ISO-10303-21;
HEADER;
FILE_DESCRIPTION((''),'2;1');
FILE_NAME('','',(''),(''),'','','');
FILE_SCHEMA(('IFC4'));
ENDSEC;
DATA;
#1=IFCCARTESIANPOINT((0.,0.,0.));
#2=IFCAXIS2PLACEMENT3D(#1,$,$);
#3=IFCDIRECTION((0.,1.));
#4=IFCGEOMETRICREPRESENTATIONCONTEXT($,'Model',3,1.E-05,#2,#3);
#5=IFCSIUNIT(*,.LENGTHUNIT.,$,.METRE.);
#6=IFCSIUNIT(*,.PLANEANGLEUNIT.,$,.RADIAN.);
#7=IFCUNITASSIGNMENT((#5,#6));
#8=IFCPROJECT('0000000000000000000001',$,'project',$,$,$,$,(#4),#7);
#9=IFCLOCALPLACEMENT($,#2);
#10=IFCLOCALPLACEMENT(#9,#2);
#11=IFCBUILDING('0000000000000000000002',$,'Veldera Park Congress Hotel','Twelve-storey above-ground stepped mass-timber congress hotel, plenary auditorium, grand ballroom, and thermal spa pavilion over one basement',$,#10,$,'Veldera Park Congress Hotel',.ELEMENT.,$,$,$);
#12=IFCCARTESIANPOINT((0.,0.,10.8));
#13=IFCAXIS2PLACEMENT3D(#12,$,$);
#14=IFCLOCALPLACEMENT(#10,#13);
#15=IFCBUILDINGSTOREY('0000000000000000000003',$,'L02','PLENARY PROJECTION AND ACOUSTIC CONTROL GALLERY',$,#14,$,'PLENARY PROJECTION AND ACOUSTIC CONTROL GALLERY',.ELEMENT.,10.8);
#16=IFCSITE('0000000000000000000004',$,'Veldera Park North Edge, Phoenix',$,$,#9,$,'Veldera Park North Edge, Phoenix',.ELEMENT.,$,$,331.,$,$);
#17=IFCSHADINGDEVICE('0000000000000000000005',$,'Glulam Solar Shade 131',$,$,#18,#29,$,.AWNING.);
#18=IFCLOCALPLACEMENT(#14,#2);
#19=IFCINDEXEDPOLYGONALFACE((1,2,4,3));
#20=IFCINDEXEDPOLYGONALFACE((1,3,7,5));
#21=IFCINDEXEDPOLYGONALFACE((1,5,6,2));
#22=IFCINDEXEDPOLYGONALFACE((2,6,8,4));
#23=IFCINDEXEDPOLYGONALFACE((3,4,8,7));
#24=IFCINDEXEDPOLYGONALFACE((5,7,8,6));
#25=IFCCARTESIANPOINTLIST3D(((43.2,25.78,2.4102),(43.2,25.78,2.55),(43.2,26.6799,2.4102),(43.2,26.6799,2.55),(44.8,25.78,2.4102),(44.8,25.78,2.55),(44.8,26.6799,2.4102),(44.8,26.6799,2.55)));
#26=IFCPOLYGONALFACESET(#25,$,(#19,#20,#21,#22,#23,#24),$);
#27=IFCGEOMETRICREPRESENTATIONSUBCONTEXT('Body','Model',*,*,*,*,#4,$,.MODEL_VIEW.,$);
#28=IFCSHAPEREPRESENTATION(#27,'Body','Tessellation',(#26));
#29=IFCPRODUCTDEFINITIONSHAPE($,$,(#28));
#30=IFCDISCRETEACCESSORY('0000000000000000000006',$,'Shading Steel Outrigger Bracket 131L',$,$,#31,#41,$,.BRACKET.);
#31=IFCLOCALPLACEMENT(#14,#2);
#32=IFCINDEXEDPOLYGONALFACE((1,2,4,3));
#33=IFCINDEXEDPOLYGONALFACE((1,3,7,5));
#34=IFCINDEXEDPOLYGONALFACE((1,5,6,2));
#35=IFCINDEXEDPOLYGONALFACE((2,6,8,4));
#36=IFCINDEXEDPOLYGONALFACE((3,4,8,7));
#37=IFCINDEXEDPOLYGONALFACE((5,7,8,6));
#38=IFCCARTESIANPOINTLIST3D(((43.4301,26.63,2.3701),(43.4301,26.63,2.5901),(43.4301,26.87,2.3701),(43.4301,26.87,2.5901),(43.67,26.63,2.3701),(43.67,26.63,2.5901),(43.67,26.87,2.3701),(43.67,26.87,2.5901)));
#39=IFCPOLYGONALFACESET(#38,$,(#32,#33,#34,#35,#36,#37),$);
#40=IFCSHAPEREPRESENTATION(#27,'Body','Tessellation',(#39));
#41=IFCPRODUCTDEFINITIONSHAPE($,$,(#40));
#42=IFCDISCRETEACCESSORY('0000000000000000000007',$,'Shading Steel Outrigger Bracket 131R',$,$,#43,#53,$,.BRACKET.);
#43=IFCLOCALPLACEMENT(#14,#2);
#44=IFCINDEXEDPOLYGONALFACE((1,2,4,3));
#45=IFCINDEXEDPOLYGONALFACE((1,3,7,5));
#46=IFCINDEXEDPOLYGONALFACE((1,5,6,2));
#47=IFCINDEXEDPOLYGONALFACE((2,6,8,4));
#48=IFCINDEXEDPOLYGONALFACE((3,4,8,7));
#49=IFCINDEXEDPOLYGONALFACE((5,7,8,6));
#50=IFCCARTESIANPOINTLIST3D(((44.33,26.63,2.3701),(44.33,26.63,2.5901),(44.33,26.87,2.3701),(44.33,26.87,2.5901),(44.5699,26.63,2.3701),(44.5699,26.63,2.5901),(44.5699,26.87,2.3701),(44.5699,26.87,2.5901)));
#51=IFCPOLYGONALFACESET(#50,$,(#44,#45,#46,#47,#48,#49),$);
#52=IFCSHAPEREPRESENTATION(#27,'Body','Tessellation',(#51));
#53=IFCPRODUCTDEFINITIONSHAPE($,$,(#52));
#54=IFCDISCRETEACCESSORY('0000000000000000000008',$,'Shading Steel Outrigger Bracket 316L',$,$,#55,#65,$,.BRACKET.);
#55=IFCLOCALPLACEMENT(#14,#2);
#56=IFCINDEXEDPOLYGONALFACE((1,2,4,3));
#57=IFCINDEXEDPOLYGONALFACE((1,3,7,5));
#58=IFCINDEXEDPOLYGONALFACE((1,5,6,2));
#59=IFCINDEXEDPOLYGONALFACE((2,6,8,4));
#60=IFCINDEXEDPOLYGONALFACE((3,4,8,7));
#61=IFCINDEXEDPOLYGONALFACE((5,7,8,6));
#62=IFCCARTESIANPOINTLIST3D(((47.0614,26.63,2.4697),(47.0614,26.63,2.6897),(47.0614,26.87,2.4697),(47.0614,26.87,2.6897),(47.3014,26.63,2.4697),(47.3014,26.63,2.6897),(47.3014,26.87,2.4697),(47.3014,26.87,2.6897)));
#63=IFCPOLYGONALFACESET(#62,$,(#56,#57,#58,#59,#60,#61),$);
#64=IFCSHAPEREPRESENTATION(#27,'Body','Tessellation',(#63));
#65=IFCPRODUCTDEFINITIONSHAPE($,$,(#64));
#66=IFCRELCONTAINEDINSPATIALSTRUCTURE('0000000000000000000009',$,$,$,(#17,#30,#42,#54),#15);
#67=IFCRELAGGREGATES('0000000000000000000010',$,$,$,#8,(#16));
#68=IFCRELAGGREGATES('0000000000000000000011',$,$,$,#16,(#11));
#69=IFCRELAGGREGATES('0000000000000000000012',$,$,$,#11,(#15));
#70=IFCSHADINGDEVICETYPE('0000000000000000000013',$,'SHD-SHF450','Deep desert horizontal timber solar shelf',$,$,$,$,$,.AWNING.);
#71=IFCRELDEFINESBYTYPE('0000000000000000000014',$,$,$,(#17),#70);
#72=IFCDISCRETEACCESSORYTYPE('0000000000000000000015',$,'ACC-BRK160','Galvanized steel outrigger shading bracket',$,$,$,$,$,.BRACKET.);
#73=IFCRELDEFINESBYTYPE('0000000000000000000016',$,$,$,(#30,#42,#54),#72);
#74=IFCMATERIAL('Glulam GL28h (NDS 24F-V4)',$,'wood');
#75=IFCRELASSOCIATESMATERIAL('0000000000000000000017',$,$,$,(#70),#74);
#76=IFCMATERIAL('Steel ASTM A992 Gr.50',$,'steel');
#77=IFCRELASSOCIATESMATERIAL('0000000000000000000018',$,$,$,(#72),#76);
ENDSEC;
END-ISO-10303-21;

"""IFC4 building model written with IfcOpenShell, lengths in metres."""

from ifc_helpers import new_model, si_unit, direction, frame, origin, origin_2d, place, context, subcontext, project, spatial, rectangle, extrude, material, type_object, element, save


model = new_model("IFC4")

# Units and contexts
model_context = context("Model", 3, precision=1e-05, world=origin(), true_north=direction((0.0, 1.0)))
body_context = subcontext(model_context, "Body", "Model", "MODEL_VIEW")
ifc_project = project(units=[si_unit("LENGTHUNIT", "METRE"), si_unit("PLANEANGLEUNIT", "RADIAN")], contexts=[model_context])

# Site, building, storey
site_placement = place(None, origin())
site = spatial("IfcSite", under=ifc_project, at=site_placement, Name="Veldera Park North Edge, Phoenix", LongName="Veldera Park North Edge, Phoenix", CompositionType="ELEMENT", RefElevation=331.0)
building_placement = place(site_placement, origin())
building = spatial("IfcBuilding", under=site, at=building_placement, Name="Veldera Park Congress Hotel", Description="Twelve-storey above-ground stepped mass-timber congress hotel, plenary auditorium, grand ballroom, and thermal spa pavilion over one basement", LongName="Veldera Park Congress Hotel", CompositionType="ELEMENT")
storey_placement = place(building_placement, frame((0.0, 0.0, 10.8)))
storey = spatial("IfcBuildingStorey", under=building, at=storey_placement, Name="L02", Description="PLENARY PROJECTION AND ACOUSTIC CONTROL GALLERY", LongName="PLENARY PROJECTION AND ACOUSTIC CONTROL GALLERY", CompositionType="ELEMENT", Elevation=10.8)

# Shared definitions
ifc_material_1 = material(Name="Steel ASTM A992 Gr.50", Category="steel")

# Shading device
ifc_material_2 = material(Name="Glulam GL28h (NDS 24F-V4)", Category="wood")
shading_device_type = type_object("IfcShadingDeviceType", Name="SHD-SHF450", Description="Deep desert horizontal timber solar shelf", PredefinedType="AWNING", material=ifc_material_2)
shading_device_placement = place(storey_placement, frame((44.0, 26.23, 2.4102), z_axis=(0.0, 0.0, 1.0), x_axis=(1.0, 0.0, 0.0)))
element("IfcShadingDevice", 1, at=shading_device_placement, inside=storey, type_object=shading_device_type, Name="Glulam Solar Shade 131", PredefinedType="AWNING", context=body_context, shape_type="SweptSolid", body=[
    extrude(rectangle(XDim=1.6001, YDim=0.8999, at=origin_2d()), origin(), (0.0, 0.0, 1.0), 0.1399),
])

# Discrete accessories
discrete_accessory_type = type_object("IfcDiscreteAccessoryType", Name="ACC-BRK160", Description="Galvanized steel outrigger shading bracket", PredefinedType="BRACKET", material=ifc_material_1)
for number, where, z_axis, x_axis, name in (
    (2, (43.55, 26.75, 2.3701), (0.0, 0.0, 1.0), (1.0, 0.0, 0.0), "Shading Steel Outrigger Bracket 131L"),
    (3, (44.45, 26.75, 2.3701), (0.0, 0.0, 1.0), (1.0, 0.0, 0.0), "Shading Steel Outrigger Bracket 131R"),
    (4, (47.1814, 26.75, 2.4697), (0.0, 0.0, 1.0), (1.0, 0.0, 0.0), "Shading Steel Outrigger Bracket 316L"),
):
    element("IfcDiscreteAccessory", number, at=place(storey_placement, frame(where, z_axis=z_axis, x_axis=x_axis)), inside=storey, type_object=discrete_accessory_type, Name=name, PredefinedType="BRACKET", context=body_context, shape_type="SweptSolid", body=[
        extrude(rectangle(XDim=0.24, YDim=0.24, at=origin_2d()), origin(), (0.0, 0.0, 1.0), 0.22),
    ])

save(model, "model.ifc")
